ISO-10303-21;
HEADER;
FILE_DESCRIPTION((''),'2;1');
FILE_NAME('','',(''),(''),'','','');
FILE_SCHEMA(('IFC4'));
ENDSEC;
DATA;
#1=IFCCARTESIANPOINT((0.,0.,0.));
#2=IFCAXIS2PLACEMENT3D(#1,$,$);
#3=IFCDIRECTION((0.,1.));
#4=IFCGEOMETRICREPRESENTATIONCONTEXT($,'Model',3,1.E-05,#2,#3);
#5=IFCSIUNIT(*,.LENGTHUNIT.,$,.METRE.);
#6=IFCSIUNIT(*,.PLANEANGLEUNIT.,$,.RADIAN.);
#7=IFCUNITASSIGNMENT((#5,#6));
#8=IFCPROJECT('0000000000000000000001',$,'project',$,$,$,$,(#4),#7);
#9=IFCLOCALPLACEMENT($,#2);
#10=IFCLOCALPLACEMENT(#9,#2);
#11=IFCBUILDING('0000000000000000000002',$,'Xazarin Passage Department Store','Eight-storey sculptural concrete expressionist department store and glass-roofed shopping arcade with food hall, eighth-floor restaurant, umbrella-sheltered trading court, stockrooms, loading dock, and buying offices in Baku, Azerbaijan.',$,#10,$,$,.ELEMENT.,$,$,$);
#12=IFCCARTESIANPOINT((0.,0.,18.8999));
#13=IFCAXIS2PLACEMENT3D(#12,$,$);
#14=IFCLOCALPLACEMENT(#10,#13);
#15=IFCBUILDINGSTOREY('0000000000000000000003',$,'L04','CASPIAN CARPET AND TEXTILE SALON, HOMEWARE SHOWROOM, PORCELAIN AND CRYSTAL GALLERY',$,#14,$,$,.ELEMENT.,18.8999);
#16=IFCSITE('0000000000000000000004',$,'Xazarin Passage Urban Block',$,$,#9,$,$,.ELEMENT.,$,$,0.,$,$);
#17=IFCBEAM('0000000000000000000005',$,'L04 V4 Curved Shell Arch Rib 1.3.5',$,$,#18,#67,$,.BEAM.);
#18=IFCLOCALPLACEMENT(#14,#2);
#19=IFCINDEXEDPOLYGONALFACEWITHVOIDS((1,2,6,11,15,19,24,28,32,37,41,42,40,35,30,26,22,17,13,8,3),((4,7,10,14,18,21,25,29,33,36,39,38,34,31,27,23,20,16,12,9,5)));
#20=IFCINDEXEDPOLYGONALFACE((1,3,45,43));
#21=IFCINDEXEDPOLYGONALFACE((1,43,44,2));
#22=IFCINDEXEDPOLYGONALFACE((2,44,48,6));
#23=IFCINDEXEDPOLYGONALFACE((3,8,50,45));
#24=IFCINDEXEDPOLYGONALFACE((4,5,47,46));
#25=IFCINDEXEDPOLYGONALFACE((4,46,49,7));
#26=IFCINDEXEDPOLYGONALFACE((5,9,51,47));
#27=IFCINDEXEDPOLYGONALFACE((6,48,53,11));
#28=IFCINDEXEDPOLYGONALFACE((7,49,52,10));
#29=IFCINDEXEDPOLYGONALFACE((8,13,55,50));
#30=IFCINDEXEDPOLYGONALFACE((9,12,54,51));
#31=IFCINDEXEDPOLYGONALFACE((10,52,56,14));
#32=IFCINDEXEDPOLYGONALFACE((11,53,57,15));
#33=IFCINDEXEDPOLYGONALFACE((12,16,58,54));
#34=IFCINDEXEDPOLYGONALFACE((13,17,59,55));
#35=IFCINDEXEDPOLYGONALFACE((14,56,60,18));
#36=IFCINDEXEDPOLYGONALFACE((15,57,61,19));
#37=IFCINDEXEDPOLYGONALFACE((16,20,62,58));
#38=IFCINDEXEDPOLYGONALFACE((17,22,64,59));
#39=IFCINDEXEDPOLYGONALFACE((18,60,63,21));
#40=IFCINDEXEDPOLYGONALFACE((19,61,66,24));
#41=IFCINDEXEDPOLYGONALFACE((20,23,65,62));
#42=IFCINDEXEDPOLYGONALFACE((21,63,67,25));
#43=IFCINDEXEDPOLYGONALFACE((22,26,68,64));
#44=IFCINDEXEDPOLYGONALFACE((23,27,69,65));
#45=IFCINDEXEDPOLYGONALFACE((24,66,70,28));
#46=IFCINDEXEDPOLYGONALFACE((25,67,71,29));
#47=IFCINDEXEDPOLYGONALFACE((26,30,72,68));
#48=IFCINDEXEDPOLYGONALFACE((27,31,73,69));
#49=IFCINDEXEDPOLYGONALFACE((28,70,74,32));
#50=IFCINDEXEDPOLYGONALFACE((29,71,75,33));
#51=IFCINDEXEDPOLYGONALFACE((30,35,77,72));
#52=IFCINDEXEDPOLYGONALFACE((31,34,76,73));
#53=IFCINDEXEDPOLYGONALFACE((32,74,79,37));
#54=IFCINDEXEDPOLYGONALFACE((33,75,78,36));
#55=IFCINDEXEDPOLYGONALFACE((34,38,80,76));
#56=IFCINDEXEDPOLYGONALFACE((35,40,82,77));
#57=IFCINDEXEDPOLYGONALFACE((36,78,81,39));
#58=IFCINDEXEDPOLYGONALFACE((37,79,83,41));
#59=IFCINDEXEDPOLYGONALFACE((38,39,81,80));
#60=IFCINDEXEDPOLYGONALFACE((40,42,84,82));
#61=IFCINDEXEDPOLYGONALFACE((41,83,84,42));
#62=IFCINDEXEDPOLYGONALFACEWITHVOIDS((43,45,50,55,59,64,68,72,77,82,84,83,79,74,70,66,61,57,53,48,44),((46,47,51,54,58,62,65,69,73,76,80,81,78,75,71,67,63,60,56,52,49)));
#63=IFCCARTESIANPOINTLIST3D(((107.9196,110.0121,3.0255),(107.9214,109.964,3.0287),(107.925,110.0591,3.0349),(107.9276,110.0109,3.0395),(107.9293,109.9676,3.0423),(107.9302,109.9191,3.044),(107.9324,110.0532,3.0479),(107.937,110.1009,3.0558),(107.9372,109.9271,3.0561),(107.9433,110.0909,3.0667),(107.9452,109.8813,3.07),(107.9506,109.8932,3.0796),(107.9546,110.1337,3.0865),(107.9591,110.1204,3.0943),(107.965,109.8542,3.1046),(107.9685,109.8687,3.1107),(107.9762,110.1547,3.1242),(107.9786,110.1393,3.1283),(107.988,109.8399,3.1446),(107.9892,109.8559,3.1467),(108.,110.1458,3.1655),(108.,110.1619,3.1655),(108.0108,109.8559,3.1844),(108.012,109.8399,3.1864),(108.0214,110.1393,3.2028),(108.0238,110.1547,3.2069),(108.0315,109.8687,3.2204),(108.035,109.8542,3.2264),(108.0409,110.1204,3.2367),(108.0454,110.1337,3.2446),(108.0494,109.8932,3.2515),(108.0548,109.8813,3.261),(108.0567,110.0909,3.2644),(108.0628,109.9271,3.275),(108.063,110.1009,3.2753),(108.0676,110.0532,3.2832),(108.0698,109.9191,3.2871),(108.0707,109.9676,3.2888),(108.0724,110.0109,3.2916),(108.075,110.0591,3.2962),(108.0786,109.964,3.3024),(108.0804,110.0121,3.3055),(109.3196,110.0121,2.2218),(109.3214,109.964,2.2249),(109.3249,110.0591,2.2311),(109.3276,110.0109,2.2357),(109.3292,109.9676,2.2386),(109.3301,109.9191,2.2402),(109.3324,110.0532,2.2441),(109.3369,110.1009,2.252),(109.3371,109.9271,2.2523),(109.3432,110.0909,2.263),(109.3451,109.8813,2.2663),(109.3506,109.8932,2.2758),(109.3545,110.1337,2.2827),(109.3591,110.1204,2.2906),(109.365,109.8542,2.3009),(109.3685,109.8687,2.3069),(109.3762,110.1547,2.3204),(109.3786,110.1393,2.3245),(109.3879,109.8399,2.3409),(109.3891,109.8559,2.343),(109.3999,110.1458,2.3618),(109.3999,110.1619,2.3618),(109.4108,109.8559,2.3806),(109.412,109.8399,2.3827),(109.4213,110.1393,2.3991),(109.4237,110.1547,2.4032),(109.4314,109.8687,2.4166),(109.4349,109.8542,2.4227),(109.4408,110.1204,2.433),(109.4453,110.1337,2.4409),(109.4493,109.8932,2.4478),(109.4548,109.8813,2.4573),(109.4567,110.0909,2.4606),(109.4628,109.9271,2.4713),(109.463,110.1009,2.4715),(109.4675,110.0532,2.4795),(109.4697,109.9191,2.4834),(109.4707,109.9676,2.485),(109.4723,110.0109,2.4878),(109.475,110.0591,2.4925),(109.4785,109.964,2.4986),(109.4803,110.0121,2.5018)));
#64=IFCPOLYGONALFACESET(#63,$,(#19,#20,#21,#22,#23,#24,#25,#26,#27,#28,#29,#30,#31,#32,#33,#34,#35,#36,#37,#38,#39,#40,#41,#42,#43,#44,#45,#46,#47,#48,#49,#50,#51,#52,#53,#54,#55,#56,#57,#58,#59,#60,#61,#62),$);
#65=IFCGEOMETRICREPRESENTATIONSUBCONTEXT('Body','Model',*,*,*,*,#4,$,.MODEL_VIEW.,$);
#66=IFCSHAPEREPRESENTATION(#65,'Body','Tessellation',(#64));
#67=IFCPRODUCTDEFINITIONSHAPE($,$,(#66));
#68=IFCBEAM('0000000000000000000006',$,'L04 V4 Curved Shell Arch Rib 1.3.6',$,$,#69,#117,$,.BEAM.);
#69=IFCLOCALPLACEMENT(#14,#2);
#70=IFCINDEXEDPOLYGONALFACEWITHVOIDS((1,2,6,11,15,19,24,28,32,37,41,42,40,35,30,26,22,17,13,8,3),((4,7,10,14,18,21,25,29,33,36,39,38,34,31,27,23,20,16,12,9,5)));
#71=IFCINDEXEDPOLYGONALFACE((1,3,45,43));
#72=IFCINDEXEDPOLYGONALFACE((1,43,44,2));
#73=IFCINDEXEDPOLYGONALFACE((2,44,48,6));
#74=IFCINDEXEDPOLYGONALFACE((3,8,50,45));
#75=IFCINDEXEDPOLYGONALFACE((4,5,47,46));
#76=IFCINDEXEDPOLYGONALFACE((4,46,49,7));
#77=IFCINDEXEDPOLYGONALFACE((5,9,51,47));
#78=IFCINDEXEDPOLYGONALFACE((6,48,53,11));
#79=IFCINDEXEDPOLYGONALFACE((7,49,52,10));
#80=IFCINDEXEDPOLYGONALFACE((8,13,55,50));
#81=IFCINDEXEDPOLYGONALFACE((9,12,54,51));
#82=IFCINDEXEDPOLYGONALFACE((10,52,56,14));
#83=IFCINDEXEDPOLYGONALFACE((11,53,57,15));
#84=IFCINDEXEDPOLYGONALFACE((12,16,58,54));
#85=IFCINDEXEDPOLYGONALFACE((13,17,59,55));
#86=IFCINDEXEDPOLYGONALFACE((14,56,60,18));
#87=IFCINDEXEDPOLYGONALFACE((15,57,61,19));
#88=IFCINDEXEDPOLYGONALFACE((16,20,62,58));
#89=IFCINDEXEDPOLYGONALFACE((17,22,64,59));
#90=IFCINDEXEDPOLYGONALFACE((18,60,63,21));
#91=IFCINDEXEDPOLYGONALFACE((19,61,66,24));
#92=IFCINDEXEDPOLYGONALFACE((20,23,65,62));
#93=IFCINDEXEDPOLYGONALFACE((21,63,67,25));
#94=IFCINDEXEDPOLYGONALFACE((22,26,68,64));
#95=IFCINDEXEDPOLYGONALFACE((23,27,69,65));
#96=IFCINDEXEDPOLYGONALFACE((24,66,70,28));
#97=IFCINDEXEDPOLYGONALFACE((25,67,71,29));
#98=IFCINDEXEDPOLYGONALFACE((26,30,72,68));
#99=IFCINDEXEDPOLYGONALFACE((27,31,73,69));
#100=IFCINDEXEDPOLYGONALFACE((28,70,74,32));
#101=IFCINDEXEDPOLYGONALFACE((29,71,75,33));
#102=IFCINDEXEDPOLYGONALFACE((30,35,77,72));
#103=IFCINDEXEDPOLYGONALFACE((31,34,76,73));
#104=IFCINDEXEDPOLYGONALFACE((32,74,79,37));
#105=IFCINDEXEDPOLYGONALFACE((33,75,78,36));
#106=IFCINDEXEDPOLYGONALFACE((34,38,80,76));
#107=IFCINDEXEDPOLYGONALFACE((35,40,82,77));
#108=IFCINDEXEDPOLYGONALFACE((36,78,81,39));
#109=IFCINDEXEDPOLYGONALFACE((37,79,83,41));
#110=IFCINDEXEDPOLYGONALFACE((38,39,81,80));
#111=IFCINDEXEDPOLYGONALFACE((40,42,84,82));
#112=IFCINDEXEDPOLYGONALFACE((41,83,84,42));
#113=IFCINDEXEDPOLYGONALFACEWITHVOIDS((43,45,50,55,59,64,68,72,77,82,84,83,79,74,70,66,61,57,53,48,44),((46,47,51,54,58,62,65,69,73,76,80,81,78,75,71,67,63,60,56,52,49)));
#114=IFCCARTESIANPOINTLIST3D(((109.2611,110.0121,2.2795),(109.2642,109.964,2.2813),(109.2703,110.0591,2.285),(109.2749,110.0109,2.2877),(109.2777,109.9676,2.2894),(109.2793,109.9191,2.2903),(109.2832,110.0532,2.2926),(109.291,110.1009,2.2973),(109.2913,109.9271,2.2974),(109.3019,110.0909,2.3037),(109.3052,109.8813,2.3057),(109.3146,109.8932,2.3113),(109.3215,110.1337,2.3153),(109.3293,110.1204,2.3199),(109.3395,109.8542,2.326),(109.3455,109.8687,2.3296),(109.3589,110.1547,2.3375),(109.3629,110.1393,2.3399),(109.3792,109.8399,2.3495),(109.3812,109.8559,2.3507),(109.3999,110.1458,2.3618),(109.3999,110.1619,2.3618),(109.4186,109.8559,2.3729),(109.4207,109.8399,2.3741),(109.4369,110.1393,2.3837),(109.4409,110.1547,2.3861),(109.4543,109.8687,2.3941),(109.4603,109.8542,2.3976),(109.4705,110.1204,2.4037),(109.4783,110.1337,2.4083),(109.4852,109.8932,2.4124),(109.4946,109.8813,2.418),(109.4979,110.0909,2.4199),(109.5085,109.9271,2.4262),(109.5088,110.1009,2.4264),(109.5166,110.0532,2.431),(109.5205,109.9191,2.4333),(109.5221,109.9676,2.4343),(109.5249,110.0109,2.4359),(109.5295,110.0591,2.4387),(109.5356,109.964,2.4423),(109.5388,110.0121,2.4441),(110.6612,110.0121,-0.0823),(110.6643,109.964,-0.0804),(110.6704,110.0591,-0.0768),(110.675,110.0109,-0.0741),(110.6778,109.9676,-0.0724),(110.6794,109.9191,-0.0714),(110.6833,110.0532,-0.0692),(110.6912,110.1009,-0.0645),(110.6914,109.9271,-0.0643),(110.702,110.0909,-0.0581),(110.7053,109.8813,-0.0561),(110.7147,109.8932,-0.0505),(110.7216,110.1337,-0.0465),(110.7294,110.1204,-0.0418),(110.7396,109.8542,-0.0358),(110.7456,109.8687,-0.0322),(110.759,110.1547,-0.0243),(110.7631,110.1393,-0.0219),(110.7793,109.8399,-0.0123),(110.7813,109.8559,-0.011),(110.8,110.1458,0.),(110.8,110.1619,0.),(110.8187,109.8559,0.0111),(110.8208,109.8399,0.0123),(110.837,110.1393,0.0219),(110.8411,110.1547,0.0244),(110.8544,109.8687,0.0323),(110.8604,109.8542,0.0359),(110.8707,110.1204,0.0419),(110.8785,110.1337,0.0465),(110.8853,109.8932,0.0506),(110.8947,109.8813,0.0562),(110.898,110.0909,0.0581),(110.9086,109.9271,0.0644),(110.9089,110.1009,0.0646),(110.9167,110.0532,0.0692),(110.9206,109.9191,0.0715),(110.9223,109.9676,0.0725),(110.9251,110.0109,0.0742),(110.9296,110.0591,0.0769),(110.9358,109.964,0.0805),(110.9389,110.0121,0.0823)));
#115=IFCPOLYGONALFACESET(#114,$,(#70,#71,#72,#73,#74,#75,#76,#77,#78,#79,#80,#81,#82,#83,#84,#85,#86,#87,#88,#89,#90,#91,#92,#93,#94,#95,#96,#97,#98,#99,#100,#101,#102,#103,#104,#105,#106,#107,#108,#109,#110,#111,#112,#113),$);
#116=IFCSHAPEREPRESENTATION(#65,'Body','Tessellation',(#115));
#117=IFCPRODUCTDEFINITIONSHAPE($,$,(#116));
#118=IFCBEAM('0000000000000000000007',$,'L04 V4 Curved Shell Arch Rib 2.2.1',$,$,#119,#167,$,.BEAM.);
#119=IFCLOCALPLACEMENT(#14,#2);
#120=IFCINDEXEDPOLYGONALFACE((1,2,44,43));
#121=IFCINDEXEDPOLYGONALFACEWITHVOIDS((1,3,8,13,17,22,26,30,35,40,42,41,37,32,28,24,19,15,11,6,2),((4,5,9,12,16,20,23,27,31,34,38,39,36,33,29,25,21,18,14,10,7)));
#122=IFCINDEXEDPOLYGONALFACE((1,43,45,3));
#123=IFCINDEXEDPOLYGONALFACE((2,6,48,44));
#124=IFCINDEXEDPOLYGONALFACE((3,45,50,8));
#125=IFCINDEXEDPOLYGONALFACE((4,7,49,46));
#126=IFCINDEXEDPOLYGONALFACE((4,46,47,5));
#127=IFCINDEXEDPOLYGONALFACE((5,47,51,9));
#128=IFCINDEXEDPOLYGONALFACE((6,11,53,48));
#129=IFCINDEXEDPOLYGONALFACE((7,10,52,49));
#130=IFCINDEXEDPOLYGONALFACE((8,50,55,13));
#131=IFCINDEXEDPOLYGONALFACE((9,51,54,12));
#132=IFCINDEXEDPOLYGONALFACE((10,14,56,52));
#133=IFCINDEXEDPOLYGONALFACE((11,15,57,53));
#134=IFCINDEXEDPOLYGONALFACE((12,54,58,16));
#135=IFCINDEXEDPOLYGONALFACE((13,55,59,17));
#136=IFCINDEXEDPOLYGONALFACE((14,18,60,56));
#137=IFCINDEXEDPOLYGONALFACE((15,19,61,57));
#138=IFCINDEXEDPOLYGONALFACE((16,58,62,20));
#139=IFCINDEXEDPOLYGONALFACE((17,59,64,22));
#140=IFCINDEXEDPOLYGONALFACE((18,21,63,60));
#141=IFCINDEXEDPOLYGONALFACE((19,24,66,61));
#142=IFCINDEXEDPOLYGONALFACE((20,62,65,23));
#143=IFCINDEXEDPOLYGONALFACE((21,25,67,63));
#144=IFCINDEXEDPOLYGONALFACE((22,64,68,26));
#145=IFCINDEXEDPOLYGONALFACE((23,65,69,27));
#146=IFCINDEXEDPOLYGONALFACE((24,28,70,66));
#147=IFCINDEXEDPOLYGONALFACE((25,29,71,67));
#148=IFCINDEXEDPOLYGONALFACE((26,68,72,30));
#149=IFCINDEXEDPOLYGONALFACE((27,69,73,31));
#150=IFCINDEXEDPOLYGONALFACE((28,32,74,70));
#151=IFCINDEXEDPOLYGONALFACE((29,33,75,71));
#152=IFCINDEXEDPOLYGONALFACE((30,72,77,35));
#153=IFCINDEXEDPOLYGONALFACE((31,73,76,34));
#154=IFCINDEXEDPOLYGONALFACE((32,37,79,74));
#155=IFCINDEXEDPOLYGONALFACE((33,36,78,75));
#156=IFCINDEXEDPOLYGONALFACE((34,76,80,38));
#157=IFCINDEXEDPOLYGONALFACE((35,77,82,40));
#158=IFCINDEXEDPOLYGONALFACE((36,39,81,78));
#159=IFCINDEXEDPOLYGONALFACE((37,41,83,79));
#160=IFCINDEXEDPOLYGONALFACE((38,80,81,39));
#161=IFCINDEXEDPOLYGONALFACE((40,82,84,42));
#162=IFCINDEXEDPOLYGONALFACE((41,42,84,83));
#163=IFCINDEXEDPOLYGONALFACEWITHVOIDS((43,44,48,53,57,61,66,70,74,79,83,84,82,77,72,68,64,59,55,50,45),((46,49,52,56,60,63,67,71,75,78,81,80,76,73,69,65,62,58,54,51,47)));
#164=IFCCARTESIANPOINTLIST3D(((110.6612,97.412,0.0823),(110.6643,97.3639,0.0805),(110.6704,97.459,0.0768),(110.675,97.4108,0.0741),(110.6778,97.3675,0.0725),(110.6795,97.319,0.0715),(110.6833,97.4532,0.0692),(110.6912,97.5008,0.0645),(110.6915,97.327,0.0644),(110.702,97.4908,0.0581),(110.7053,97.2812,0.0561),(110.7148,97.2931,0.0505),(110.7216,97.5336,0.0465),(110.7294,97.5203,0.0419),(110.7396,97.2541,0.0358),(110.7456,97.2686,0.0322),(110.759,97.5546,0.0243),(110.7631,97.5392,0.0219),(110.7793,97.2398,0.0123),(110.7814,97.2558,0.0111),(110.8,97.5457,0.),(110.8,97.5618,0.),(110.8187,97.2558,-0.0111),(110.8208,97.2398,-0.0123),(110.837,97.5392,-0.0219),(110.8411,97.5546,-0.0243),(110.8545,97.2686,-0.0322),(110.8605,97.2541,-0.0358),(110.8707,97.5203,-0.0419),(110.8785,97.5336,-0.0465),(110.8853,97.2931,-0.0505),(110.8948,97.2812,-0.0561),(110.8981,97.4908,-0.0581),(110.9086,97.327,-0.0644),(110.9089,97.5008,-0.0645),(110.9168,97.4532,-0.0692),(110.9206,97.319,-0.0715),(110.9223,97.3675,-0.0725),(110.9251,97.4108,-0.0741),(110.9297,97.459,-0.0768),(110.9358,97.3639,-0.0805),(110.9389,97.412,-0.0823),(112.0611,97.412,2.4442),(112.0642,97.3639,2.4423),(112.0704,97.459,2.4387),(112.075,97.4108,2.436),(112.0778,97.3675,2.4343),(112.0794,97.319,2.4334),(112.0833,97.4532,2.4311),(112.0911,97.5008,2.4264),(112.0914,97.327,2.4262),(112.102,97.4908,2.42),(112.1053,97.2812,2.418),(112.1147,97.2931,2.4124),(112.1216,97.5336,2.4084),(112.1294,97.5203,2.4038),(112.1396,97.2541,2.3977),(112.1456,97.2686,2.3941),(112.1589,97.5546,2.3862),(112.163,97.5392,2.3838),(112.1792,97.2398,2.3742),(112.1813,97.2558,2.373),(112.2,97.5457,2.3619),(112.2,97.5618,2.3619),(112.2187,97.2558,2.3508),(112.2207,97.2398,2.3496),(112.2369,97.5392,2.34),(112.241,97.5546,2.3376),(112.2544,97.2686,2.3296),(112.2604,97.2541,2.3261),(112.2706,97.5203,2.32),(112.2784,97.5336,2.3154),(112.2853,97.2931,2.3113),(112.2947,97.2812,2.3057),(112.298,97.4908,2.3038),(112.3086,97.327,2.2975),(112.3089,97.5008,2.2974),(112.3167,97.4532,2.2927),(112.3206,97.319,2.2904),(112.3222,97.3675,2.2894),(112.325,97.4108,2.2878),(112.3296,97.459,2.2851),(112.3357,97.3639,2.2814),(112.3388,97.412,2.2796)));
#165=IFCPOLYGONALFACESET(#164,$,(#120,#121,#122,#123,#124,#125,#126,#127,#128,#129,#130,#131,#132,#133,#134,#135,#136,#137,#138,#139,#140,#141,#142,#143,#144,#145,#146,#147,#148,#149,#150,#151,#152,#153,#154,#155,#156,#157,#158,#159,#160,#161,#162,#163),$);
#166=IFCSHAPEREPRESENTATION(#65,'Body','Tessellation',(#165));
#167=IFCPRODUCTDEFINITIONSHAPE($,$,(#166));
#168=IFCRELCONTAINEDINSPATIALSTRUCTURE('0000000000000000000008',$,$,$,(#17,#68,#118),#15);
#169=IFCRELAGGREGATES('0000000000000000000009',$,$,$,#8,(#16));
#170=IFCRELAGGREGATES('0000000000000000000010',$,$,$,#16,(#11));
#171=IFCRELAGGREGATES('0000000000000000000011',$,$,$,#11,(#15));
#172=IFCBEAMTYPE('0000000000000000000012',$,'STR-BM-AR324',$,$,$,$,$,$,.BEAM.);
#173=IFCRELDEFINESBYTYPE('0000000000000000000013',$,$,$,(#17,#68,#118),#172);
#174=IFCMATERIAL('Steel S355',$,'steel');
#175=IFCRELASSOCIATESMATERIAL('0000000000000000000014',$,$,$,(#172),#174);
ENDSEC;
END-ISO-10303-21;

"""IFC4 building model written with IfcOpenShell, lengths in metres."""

from ifc_helpers import new_model, si_unit, direction, frame, origin, origin_2d, place, context, subcontext, project, spatial, hollow_circle, extrude, material, material_profile, profile_set, type_object, element, save


model = new_model("IFC4")

# Units and contexts
model_context = context("Model", 3, precision=1e-05, world=origin(), true_north=direction((0.0, 1.0)))
body_context = subcontext(model_context, "Body", "Model", "MODEL_VIEW")
ifc_project = project(units=[si_unit("LENGTHUNIT", "METRE"), si_unit("PLANEANGLEUNIT", "RADIAN")], contexts=[model_context])

# Site, building, storey
site_placement = place(None, origin())
site = spatial("IfcSite", under=ifc_project, at=site_placement, Name="Xazarin Passage Urban Block", CompositionType="ELEMENT", RefElevation=0.0)
building_placement = place(site_placement, origin())
building = spatial("IfcBuilding", under=site, at=building_placement, Name="Xazarin Passage Department Store", Description="Eight-storey sculptural concrete expressionist department store and glass-roofed shopping arcade with food hall, eighth-floor restaurant, umbrella-sheltered trading court, stockrooms, loading dock, and buying offices in Baku, Azerbaijan.", CompositionType="ELEMENT")
storey_placement = place(building_placement, frame((0.0, 0.0, 18.8999)))
storey = spatial("IfcBuildingStorey", under=building, at=storey_placement, Name="L04", Description="CASPIAN CARPET AND TEXTILE SALON, HOMEWARE SHOWROOM, PORCELAIN AND CRYSTAL GALLERY", CompositionType="ELEMENT", Elevation=18.8999)

# Beams
ifc_material_1 = material(Name="Steel S355", Category="steel")
ifc_material_profile_1 = material_profile(ifc_material_1, hollow_circle(Radius=0.1619, WallThickness=0.0161, at=origin_2d()), Name="CHS 323.9x16")
ifc_profile_set_1 = profile_set([ifc_material_profile_1], Name="Steel S355")
beam_type_1 = type_object("IfcBeamType", Name="STR-BM-AR324", PredefinedType="BEAM", material=ifc_profile_set_1)
beam_1_placement = place(storey_placement, frame((108.0, 110.0, 3.1655), z_axis=(0.867236, 0.0, -0.497897), x_axis=(0.0, 1.0, 0.0)))
element("IfcBeam", 1, at=beam_1_placement, inside=storey, type_object=beam_type_1, Name="L04 V4 Curved Shell Arch Rib 1.3.5", PredefinedType="BEAM", context=body_context, shape_type="SweptSolid", body=[
    extrude(hollow_circle(Radius=0.1619, WallThickness=0.0161, at=origin_2d()), origin(), (0.0, 0.0, 1.0), 1.6143),
])
for number, where, z_axis, x_axis, name in (
    (2, (109.3999, 110.0, 2.3618), (0.509951, 0.0, -0.860203), (0.0, 1.0, 0.0), "L04 V4 Curved Shell Arch Rib 1.3.6"),
    (3, (110.8, 97.3999, 0.0), (0.509885, 0.0, 0.860242), (0.0, 1.0, 0.0), "L04 V4 Curved Shell Arch Rib 2.2.1"),
):
    element("IfcBeam", number, at=place(storey_placement, frame(where, z_axis=z_axis, x_axis=x_axis)), inside=storey, type_object=beam_type_1, Name=name, PredefinedType="BEAM", context=body_context, shape_type="SweptSolid", body=[
        extrude(hollow_circle(Radius=0.1619, WallThickness=0.0161, at=origin_2d()), origin(), (0.0, 0.0, 1.0), 2.7456),
    ])

save(model, "model.ifc")
